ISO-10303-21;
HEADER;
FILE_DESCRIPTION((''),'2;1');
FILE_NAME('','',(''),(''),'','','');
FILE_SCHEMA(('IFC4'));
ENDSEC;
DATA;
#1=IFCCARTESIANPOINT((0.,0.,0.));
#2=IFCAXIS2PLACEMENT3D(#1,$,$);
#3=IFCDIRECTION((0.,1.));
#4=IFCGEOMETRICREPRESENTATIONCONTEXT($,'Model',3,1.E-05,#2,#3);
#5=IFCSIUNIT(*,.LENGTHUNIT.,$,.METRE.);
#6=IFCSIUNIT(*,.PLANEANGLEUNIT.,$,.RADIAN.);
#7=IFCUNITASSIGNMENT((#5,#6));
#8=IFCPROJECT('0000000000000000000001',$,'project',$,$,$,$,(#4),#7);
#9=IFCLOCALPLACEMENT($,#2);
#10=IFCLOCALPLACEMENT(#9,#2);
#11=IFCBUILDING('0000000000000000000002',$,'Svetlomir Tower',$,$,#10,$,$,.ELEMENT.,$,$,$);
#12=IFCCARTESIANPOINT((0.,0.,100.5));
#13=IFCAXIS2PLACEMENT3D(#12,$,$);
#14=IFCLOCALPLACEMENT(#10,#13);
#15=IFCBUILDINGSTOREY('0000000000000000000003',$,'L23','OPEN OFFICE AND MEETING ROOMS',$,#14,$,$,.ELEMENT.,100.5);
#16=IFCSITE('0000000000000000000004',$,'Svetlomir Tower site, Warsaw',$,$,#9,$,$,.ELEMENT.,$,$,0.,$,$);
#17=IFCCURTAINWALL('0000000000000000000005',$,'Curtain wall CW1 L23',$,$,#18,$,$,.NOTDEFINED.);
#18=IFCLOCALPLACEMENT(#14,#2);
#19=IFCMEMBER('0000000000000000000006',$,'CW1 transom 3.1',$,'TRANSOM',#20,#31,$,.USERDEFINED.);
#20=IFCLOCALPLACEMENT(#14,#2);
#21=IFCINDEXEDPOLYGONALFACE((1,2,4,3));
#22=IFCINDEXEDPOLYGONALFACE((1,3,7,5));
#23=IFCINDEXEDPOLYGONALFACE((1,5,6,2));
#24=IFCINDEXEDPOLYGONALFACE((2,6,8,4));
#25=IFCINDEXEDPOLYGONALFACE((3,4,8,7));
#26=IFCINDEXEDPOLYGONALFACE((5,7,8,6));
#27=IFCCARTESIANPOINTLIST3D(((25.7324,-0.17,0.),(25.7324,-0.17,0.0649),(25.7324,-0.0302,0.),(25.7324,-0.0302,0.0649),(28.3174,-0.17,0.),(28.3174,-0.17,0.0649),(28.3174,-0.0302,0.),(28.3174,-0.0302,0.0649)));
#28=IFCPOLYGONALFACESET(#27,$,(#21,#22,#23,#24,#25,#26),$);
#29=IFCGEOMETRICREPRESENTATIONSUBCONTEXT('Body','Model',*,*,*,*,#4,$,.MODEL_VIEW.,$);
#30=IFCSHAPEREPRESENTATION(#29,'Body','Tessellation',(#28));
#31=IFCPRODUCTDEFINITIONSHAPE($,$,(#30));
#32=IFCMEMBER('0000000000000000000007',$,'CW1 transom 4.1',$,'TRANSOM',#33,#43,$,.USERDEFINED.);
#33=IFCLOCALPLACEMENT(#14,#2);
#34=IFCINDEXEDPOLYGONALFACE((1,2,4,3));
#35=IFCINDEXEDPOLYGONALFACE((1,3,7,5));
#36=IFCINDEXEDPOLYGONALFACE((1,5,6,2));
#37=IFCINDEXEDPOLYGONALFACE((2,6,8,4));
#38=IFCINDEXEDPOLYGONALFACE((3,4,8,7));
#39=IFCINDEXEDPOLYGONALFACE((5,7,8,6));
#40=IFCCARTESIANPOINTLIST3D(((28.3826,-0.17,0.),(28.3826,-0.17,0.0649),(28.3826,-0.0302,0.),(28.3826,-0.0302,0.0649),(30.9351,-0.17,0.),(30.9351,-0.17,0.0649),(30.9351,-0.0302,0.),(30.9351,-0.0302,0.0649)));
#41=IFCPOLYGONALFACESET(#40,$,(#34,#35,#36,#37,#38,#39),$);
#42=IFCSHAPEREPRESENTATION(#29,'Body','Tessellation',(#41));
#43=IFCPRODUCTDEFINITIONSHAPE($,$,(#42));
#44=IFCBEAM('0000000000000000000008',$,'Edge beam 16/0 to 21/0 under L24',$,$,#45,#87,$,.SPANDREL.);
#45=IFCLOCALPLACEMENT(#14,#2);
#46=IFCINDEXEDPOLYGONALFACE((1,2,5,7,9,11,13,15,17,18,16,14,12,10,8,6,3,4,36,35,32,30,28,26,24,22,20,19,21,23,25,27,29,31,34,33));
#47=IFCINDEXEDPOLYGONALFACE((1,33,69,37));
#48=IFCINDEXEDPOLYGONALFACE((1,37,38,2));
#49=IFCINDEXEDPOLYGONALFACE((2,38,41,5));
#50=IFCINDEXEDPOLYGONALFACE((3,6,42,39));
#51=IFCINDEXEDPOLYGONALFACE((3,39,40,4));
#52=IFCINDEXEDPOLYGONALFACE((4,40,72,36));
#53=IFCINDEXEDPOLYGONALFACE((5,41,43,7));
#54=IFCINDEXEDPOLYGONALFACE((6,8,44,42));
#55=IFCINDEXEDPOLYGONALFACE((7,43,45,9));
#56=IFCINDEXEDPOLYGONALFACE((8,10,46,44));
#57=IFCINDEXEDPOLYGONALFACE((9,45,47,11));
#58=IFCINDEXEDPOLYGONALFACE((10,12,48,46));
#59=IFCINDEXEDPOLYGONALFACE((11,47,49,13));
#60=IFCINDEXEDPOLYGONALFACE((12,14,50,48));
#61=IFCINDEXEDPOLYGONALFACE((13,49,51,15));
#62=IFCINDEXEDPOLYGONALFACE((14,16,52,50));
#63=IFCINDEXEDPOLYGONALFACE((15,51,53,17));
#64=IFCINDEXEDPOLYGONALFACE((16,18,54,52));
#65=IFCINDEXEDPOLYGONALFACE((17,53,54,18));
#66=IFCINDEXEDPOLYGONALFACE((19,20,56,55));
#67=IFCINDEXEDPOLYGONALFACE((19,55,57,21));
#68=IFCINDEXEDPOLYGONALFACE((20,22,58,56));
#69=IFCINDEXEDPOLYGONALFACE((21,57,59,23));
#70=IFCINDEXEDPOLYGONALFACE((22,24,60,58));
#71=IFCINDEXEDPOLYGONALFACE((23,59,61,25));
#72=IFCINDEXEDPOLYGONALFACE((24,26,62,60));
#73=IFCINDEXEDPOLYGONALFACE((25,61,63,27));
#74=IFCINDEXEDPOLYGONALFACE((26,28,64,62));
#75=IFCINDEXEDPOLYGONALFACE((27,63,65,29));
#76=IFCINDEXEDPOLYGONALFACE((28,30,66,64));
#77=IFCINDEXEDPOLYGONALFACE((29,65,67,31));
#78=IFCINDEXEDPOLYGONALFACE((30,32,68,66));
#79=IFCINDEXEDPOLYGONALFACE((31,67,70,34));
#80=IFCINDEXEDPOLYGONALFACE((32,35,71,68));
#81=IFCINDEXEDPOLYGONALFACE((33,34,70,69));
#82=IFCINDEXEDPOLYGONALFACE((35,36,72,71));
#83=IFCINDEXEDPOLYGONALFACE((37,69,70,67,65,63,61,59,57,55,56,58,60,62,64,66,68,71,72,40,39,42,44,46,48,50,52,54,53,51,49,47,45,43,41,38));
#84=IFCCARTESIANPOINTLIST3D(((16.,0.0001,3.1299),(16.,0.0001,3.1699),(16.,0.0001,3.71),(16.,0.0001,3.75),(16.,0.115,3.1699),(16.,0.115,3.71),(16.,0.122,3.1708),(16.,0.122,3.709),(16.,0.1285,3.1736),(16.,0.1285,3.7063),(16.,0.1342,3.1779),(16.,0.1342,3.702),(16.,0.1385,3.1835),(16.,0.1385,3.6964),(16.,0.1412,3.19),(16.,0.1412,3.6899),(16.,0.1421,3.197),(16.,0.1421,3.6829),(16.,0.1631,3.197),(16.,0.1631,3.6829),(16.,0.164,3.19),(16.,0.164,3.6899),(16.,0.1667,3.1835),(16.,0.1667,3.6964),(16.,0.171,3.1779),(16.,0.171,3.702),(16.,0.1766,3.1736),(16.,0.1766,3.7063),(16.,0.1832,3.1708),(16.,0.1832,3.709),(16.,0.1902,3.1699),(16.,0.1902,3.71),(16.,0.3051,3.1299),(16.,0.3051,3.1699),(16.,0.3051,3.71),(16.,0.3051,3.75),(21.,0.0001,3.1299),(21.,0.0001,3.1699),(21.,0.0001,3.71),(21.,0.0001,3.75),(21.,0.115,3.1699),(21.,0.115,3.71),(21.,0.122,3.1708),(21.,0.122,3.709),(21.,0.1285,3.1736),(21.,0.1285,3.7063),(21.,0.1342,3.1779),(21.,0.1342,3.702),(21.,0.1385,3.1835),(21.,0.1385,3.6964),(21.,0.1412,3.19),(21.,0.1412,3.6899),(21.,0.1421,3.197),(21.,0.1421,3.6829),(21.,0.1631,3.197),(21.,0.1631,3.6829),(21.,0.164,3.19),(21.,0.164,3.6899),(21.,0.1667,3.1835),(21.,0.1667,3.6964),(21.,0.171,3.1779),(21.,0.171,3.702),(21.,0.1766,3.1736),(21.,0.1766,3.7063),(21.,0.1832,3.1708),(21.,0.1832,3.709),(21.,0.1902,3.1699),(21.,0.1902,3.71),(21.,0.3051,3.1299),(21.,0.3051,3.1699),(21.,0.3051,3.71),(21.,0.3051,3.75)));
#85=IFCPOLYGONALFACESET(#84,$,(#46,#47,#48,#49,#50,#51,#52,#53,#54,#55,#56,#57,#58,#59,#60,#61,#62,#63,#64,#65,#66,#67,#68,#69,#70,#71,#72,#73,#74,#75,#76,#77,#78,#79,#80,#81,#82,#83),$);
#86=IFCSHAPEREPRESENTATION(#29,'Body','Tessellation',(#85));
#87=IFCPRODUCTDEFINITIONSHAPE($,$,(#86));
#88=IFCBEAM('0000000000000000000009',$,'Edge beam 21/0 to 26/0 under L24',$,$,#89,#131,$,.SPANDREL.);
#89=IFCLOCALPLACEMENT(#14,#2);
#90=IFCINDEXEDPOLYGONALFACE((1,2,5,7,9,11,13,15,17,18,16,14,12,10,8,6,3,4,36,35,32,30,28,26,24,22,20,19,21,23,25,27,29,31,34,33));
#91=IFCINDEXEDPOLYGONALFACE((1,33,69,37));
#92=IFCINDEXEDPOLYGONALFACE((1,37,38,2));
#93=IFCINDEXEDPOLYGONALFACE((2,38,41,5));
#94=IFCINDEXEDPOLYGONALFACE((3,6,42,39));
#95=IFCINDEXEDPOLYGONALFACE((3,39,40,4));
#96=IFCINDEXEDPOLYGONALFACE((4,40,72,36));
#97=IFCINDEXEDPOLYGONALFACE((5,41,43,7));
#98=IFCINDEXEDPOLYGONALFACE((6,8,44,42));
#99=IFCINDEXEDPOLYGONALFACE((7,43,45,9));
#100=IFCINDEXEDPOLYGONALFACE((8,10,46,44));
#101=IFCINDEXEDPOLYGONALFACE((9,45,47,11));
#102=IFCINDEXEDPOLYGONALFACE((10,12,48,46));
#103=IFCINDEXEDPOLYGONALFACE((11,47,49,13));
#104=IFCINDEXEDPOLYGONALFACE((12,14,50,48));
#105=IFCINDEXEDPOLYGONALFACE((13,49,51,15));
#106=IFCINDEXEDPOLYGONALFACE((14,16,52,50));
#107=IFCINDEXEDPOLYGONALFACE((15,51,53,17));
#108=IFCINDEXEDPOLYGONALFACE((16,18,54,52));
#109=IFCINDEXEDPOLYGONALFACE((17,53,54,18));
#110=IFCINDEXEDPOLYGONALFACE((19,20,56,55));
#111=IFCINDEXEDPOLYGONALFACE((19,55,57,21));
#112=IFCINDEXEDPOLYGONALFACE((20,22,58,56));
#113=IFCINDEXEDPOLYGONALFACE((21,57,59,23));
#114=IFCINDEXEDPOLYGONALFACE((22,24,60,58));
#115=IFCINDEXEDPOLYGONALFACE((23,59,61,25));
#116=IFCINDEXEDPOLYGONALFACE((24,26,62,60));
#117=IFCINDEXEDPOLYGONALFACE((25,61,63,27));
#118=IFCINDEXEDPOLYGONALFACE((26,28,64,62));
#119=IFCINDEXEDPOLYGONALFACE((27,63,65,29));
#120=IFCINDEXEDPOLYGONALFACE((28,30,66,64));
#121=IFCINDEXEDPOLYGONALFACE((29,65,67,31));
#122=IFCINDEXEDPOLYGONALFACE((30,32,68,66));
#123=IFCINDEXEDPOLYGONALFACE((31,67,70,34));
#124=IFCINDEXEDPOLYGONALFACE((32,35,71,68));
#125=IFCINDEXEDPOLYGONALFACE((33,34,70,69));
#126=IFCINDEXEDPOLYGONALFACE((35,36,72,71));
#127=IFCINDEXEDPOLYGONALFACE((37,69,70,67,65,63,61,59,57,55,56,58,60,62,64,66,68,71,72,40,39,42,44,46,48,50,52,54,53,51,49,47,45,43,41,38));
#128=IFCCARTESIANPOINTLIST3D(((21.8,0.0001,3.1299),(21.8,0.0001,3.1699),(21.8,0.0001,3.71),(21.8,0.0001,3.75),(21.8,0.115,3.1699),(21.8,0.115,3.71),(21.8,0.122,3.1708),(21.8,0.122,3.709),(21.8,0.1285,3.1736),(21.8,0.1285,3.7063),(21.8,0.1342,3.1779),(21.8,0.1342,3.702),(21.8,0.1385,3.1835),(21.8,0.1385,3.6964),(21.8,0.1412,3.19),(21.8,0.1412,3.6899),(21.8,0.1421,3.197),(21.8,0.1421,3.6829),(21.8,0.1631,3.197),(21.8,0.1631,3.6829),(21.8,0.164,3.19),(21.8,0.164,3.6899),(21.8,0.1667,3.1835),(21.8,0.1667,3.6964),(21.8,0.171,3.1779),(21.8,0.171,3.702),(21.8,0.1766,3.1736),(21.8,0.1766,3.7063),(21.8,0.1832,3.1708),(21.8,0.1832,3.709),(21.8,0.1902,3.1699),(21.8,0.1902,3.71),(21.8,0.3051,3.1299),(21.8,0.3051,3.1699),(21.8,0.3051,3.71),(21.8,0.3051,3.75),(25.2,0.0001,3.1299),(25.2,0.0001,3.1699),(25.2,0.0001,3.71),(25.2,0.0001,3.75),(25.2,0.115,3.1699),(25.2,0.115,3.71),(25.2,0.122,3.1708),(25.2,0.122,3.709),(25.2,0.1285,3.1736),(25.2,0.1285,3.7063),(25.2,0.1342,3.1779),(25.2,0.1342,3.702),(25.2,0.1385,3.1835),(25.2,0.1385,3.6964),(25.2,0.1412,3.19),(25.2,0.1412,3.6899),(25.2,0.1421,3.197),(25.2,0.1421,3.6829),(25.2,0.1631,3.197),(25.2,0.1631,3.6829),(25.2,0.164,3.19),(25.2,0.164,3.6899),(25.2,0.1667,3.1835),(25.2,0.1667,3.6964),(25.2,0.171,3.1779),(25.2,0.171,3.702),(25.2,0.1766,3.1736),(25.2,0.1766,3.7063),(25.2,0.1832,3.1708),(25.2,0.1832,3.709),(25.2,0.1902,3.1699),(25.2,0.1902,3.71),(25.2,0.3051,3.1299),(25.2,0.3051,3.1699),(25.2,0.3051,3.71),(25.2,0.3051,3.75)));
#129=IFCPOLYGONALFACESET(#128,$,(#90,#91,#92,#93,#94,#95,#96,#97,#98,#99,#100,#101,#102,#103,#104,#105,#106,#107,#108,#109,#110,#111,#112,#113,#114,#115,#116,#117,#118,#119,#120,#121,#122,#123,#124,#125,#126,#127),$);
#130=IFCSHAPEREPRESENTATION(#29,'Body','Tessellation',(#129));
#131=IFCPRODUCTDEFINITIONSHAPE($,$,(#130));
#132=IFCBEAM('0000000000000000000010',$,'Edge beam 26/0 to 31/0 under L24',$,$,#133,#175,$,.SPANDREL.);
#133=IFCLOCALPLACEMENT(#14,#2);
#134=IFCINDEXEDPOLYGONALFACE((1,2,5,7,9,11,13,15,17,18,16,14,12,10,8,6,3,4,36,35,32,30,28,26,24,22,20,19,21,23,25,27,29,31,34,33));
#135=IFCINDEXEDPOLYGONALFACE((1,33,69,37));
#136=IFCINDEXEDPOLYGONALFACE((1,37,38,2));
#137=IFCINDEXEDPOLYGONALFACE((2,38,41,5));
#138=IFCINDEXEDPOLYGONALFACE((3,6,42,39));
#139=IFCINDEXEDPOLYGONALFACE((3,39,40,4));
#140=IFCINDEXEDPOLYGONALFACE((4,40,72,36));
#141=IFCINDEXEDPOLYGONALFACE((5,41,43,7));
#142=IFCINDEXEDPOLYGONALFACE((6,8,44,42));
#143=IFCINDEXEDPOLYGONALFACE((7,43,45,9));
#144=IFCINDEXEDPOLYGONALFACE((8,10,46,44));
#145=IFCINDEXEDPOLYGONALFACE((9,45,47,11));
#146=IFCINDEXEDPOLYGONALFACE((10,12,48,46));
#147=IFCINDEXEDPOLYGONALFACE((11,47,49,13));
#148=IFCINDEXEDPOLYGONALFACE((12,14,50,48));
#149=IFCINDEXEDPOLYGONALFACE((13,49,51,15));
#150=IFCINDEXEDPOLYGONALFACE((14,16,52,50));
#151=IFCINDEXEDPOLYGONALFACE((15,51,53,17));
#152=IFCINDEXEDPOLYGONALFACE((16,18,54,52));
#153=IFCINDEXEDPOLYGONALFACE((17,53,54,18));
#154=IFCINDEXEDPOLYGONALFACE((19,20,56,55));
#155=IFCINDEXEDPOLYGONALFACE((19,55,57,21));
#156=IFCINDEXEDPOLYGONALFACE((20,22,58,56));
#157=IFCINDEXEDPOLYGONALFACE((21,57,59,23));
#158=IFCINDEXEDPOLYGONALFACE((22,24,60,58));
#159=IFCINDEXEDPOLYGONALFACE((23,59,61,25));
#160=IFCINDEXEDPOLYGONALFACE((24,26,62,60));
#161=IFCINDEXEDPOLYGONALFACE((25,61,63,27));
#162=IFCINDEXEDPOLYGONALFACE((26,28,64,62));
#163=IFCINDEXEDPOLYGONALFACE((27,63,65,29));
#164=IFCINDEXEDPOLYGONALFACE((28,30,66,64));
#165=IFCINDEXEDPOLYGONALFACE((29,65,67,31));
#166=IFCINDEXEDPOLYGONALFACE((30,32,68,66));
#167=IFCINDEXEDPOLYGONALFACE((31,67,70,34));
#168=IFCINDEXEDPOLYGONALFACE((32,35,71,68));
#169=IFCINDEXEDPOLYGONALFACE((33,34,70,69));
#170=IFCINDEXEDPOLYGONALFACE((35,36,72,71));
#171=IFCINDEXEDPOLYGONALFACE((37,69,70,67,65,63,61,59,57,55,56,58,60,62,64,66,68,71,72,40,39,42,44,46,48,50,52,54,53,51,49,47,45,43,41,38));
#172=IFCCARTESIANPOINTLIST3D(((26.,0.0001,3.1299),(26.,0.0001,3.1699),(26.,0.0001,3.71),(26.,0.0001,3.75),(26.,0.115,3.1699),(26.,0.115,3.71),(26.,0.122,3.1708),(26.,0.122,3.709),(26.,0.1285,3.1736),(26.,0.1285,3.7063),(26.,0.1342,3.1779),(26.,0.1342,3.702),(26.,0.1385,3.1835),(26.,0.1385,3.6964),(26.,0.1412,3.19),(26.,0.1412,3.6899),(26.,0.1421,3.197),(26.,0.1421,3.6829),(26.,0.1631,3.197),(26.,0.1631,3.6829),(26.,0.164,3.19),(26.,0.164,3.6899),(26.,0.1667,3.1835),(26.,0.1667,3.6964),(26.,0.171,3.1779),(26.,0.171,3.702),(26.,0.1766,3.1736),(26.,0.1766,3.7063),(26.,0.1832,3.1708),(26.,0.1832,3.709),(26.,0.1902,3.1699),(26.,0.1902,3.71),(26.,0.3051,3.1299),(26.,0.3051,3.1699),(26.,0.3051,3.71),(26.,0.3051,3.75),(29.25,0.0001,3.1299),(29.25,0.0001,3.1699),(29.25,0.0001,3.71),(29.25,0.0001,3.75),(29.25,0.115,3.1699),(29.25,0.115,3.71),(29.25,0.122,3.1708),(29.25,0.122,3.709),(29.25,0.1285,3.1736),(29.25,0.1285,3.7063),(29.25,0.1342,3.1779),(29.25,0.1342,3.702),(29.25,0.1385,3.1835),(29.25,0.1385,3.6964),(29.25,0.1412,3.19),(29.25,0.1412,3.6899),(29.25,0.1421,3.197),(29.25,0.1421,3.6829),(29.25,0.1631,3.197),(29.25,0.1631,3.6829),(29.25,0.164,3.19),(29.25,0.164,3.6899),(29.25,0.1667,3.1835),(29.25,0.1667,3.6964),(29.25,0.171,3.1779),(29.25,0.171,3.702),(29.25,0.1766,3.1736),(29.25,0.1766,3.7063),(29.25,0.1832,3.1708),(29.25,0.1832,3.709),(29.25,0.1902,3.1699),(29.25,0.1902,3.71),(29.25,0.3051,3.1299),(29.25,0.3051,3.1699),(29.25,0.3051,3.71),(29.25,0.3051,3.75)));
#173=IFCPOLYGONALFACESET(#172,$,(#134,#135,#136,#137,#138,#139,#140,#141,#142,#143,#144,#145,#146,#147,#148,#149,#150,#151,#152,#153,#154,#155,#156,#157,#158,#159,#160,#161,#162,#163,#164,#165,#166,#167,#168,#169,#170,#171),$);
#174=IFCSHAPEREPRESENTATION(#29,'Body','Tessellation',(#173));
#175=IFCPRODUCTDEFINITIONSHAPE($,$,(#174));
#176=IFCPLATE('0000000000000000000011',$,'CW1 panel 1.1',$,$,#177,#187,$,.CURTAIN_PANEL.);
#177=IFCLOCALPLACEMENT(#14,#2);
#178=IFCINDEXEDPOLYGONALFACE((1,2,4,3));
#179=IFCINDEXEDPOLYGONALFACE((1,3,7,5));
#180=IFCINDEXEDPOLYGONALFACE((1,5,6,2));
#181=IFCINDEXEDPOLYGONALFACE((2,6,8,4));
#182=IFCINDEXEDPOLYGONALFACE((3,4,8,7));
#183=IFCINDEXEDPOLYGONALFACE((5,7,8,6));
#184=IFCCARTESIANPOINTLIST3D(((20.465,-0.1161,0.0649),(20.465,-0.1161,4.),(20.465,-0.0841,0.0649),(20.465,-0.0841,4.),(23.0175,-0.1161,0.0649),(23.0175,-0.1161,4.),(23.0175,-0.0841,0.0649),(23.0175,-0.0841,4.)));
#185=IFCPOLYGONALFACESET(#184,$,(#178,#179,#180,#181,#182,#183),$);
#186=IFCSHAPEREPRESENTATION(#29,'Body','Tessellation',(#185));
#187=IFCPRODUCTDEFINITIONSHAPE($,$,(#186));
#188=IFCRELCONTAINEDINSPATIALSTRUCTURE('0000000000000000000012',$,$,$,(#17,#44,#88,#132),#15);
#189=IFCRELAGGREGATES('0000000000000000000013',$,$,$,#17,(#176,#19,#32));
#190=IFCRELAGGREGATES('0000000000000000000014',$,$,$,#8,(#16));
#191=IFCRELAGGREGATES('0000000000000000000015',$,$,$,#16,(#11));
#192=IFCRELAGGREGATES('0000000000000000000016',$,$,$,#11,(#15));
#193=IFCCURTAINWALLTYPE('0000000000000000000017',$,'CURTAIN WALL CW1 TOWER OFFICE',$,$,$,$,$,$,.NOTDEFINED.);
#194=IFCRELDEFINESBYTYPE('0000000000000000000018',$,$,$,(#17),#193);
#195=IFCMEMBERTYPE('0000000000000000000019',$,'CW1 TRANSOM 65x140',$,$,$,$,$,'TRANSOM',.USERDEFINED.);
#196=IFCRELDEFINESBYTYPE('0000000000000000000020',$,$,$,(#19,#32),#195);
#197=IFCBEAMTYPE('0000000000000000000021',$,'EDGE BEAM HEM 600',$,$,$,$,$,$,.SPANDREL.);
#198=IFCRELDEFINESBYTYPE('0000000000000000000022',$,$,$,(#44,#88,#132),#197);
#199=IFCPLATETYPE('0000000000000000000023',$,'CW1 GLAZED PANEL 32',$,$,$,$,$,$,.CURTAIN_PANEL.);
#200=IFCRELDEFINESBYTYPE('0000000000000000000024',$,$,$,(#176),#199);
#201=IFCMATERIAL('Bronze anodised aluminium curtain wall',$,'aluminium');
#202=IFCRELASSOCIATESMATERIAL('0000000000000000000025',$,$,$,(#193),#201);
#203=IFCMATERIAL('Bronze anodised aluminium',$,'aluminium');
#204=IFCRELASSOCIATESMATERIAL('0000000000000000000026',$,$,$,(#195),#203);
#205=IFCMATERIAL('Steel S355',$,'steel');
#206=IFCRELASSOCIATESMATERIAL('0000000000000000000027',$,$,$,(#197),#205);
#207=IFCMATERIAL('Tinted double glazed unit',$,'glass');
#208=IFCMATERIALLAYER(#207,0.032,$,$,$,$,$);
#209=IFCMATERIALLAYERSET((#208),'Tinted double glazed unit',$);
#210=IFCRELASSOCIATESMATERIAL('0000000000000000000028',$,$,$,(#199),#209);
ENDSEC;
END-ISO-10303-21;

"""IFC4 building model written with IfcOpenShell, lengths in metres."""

from ifc_helpers import new_model, si_unit, direction, frame, origin, origin_2d, place, context, subcontext, project, spatial, rectangle, i_section, extrude, material, layer, layer_set, material_profile, profile_set, type_object, element, aggregate, save


model = new_model("IFC4")

# Units and contexts
model_context = context("Model", 3, precision=1e-05, world=origin(), true_north=direction((0.0, 1.0)))
body_context = subcontext(model_context, "Body", "Model", "MODEL_VIEW")
ifc_project = project(units=[si_unit("LENGTHUNIT", "METRE"), si_unit("PLANEANGLEUNIT", "RADIAN")], contexts=[model_context])

# Site, building, storey
site_placement = place(None, origin())
site = spatial("IfcSite", under=ifc_project, at=site_placement, Name="Svetlomir Tower site, Warsaw", CompositionType="ELEMENT", RefElevation=0.0)
building_placement = place(site_placement, origin())
building = spatial("IfcBuilding", under=site, at=building_placement, Name="Svetlomir Tower", CompositionType="ELEMENT")
storey_placement = place(building_placement, frame((0.0, 0.0, 100.5)))
storey = spatial("IfcBuildingStorey", under=building, at=storey_placement, Name="L23", Description="OPEN OFFICE AND MEETING ROOMS", CompositionType="ELEMENT", Elevation=100.5)

# Curtain wall
ifc_material_1 = material(Name="Bronze anodised aluminium curtain wall", Category="aluminium")
curtain_wall_type = type_object("IfcCurtainWallType", Name="CURTAIN WALL CW1 TOWER OFFICE", PredefinedType="NOTDEFINED", material=ifc_material_1)
curtain_wall_1_placement = place(storey_placement, origin())
curtain_wall_1 = element("IfcCurtainWall", 1, at=curtain_wall_1_placement, inside=storey, type_object=curtain_wall_type, Name="Curtain wall CW1 L23", PredefinedType="NOTDEFINED")

# Members
ifc_material_2 = material(Name="Bronze anodised aluminium", Category="aluminium")
ifc_material_profile_1 = material_profile(ifc_material_2, rectangle(XDim=0.1399, YDim=0.0649, at=origin_2d()), Name="AL 140x65")
ifc_profile_set_1 = profile_set([ifc_material_profile_1], Name="Bronze anodised aluminium 6063-T6")
member_type_1 = type_object("IfcMemberType", Name="CW1 TRANSOM 65x140", ElementType="TRANSOM", PredefinedType="USERDEFINED", material=ifc_profile_set_1)
member_1_placement = place(storey_placement, frame((25.7324, -0.1001, 0.0325), z_axis=(1.0, 0.0, 0.0), x_axis=(0.0, 1.0, 0.0)))
member_1 = element("IfcMember", 2, at=member_1_placement, type_object=member_type_1, Name="CW1 transom 3.1", ObjectType="TRANSOM", PredefinedType="USERDEFINED", context=body_context, shape_type="SweptSolid", body=[
    extrude(rectangle(XDim=0.1399, YDim=0.0649, at=origin_2d()), origin(), (0.0, 0.0, 1.0), 2.585),
])
member_2_placement = place(storey_placement, frame((28.3826, -0.1001, 0.0325), z_axis=(1.0, 0.0, 0.0), x_axis=(0.0, 1.0, 0.0)))
member_2 = element("IfcMember", 3, at=member_2_placement, type_object=member_type_1, Name="CW1 transom 4.1", ObjectType="TRANSOM", PredefinedType="USERDEFINED", context=body_context, shape_type="SweptSolid", body=[
    extrude(rectangle(XDim=0.1399, YDim=0.0649, at=origin_2d()), origin(), (0.0, 0.0, 1.0), 2.5525),
])

# Beams
ifc_material_3 = material(Name="Steel S355", Category="steel")
ifc_material_profile_2 = material_profile(ifc_material_3, i_section(OverallWidth=0.3049, OverallDepth=0.6201, WebThickness=0.021, FlangeThickness=0.04, FilletRadius=0.0271, at=origin_2d()), Name="HEM 600")
ifc_profile_set_2 = profile_set([ifc_material_profile_2], Name="Steel S355")
beam_type_1 = type_object("IfcBeamType", Name="EDGE BEAM HEM 600", PredefinedType="SPANDREL", material=ifc_profile_set_2)
beam_1_placement = place(storey_placement, frame((16.0, 0.1526, 3.4399), z_axis=(1.0, 0.0, 0.0), x_axis=(0.0, 1.0, 0.0)))
element("IfcBeam", 4, at=beam_1_placement, inside=storey, type_object=beam_type_1, Name="Edge beam 16/0 to 21/0 under L24", PredefinedType="SPANDREL", context=body_context, shape_type="SweptSolid", body=[
    extrude(i_section(OverallWidth=0.3049, OverallDepth=0.6201, WebThickness=0.021, FlangeThickness=0.04, FilletRadius=0.0271, at=origin_2d()), origin(), (0.0, 0.0, 1.0), 5.0),
])
beam_2_placement = place(storey_placement, frame((21.8, 0.1526, 3.4399), z_axis=(1.0, 0.0, 0.0), x_axis=(0.0, 1.0, 0.0)))
element("IfcBeam", 5, at=beam_2_placement, inside=storey, type_object=beam_type_1, Name="Edge beam 21/0 to 26/0 under L24", PredefinedType="SPANDREL", context=body_context, shape_type="SweptSolid", body=[
    extrude(i_section(OverallWidth=0.3049, OverallDepth=0.6201, WebThickness=0.021, FlangeThickness=0.04, FilletRadius=0.0271, at=origin_2d()), origin(), (0.0, 0.0, 1.0), 3.3999),
])
beam_3_placement = place(storey_placement, frame((26.0, 0.1526, 3.4399), z_axis=(1.0, 0.0, 0.0), x_axis=(0.0, 1.0, 0.0)))
element("IfcBeam", 6, at=beam_3_placement, inside=storey, type_object=beam_type_1, Name="Edge beam 26/0 to 31/0 under L24", PredefinedType="SPANDREL", context=body_context, shape_type="SweptSolid", body=[
    extrude(i_section(OverallWidth=0.3049, OverallDepth=0.6201, WebThickness=0.021, FlangeThickness=0.04, FilletRadius=0.0271, at=origin_2d()), origin(), (0.0, 0.0, 1.0), 3.25),
])

# Plate
ifc_material_4 = material(Name="Tinted double glazed unit", Category="glass")
ifc_layer_1 = layer(ifc_material_4, 0.032)
ifc_layer_set_1 = layer_set([ifc_layer_1], Name="Tinted double glazed unit")
plate_type = type_object("IfcPlateType", Name="CW1 GLAZED PANEL 32", PredefinedType="CURTAIN_PANEL", material=ifc_layer_set_1)
plate_1_placement = place(storey_placement, frame((21.7412, -0.1001, 0.0649), z_axis=(0.0, 0.0, 1.0), x_axis=(1.0, 0.0, 0.0)))
plate_1 = element("IfcPlate", 7, at=plate_1_placement, type_object=plate_type, Name="CW1 panel 1.1", PredefinedType="CURTAIN_PANEL", context=body_context, shape_type="SweptSolid", body=[
    extrude(rectangle(XDim=2.5525, YDim=0.032, at=origin_2d()), origin(), (0.0, 0.0, 1.0), 3.9351),
])
aggregate(curtain_wall_1, [plate_1, member_1, member_2])

save(model, "model.ifc")
